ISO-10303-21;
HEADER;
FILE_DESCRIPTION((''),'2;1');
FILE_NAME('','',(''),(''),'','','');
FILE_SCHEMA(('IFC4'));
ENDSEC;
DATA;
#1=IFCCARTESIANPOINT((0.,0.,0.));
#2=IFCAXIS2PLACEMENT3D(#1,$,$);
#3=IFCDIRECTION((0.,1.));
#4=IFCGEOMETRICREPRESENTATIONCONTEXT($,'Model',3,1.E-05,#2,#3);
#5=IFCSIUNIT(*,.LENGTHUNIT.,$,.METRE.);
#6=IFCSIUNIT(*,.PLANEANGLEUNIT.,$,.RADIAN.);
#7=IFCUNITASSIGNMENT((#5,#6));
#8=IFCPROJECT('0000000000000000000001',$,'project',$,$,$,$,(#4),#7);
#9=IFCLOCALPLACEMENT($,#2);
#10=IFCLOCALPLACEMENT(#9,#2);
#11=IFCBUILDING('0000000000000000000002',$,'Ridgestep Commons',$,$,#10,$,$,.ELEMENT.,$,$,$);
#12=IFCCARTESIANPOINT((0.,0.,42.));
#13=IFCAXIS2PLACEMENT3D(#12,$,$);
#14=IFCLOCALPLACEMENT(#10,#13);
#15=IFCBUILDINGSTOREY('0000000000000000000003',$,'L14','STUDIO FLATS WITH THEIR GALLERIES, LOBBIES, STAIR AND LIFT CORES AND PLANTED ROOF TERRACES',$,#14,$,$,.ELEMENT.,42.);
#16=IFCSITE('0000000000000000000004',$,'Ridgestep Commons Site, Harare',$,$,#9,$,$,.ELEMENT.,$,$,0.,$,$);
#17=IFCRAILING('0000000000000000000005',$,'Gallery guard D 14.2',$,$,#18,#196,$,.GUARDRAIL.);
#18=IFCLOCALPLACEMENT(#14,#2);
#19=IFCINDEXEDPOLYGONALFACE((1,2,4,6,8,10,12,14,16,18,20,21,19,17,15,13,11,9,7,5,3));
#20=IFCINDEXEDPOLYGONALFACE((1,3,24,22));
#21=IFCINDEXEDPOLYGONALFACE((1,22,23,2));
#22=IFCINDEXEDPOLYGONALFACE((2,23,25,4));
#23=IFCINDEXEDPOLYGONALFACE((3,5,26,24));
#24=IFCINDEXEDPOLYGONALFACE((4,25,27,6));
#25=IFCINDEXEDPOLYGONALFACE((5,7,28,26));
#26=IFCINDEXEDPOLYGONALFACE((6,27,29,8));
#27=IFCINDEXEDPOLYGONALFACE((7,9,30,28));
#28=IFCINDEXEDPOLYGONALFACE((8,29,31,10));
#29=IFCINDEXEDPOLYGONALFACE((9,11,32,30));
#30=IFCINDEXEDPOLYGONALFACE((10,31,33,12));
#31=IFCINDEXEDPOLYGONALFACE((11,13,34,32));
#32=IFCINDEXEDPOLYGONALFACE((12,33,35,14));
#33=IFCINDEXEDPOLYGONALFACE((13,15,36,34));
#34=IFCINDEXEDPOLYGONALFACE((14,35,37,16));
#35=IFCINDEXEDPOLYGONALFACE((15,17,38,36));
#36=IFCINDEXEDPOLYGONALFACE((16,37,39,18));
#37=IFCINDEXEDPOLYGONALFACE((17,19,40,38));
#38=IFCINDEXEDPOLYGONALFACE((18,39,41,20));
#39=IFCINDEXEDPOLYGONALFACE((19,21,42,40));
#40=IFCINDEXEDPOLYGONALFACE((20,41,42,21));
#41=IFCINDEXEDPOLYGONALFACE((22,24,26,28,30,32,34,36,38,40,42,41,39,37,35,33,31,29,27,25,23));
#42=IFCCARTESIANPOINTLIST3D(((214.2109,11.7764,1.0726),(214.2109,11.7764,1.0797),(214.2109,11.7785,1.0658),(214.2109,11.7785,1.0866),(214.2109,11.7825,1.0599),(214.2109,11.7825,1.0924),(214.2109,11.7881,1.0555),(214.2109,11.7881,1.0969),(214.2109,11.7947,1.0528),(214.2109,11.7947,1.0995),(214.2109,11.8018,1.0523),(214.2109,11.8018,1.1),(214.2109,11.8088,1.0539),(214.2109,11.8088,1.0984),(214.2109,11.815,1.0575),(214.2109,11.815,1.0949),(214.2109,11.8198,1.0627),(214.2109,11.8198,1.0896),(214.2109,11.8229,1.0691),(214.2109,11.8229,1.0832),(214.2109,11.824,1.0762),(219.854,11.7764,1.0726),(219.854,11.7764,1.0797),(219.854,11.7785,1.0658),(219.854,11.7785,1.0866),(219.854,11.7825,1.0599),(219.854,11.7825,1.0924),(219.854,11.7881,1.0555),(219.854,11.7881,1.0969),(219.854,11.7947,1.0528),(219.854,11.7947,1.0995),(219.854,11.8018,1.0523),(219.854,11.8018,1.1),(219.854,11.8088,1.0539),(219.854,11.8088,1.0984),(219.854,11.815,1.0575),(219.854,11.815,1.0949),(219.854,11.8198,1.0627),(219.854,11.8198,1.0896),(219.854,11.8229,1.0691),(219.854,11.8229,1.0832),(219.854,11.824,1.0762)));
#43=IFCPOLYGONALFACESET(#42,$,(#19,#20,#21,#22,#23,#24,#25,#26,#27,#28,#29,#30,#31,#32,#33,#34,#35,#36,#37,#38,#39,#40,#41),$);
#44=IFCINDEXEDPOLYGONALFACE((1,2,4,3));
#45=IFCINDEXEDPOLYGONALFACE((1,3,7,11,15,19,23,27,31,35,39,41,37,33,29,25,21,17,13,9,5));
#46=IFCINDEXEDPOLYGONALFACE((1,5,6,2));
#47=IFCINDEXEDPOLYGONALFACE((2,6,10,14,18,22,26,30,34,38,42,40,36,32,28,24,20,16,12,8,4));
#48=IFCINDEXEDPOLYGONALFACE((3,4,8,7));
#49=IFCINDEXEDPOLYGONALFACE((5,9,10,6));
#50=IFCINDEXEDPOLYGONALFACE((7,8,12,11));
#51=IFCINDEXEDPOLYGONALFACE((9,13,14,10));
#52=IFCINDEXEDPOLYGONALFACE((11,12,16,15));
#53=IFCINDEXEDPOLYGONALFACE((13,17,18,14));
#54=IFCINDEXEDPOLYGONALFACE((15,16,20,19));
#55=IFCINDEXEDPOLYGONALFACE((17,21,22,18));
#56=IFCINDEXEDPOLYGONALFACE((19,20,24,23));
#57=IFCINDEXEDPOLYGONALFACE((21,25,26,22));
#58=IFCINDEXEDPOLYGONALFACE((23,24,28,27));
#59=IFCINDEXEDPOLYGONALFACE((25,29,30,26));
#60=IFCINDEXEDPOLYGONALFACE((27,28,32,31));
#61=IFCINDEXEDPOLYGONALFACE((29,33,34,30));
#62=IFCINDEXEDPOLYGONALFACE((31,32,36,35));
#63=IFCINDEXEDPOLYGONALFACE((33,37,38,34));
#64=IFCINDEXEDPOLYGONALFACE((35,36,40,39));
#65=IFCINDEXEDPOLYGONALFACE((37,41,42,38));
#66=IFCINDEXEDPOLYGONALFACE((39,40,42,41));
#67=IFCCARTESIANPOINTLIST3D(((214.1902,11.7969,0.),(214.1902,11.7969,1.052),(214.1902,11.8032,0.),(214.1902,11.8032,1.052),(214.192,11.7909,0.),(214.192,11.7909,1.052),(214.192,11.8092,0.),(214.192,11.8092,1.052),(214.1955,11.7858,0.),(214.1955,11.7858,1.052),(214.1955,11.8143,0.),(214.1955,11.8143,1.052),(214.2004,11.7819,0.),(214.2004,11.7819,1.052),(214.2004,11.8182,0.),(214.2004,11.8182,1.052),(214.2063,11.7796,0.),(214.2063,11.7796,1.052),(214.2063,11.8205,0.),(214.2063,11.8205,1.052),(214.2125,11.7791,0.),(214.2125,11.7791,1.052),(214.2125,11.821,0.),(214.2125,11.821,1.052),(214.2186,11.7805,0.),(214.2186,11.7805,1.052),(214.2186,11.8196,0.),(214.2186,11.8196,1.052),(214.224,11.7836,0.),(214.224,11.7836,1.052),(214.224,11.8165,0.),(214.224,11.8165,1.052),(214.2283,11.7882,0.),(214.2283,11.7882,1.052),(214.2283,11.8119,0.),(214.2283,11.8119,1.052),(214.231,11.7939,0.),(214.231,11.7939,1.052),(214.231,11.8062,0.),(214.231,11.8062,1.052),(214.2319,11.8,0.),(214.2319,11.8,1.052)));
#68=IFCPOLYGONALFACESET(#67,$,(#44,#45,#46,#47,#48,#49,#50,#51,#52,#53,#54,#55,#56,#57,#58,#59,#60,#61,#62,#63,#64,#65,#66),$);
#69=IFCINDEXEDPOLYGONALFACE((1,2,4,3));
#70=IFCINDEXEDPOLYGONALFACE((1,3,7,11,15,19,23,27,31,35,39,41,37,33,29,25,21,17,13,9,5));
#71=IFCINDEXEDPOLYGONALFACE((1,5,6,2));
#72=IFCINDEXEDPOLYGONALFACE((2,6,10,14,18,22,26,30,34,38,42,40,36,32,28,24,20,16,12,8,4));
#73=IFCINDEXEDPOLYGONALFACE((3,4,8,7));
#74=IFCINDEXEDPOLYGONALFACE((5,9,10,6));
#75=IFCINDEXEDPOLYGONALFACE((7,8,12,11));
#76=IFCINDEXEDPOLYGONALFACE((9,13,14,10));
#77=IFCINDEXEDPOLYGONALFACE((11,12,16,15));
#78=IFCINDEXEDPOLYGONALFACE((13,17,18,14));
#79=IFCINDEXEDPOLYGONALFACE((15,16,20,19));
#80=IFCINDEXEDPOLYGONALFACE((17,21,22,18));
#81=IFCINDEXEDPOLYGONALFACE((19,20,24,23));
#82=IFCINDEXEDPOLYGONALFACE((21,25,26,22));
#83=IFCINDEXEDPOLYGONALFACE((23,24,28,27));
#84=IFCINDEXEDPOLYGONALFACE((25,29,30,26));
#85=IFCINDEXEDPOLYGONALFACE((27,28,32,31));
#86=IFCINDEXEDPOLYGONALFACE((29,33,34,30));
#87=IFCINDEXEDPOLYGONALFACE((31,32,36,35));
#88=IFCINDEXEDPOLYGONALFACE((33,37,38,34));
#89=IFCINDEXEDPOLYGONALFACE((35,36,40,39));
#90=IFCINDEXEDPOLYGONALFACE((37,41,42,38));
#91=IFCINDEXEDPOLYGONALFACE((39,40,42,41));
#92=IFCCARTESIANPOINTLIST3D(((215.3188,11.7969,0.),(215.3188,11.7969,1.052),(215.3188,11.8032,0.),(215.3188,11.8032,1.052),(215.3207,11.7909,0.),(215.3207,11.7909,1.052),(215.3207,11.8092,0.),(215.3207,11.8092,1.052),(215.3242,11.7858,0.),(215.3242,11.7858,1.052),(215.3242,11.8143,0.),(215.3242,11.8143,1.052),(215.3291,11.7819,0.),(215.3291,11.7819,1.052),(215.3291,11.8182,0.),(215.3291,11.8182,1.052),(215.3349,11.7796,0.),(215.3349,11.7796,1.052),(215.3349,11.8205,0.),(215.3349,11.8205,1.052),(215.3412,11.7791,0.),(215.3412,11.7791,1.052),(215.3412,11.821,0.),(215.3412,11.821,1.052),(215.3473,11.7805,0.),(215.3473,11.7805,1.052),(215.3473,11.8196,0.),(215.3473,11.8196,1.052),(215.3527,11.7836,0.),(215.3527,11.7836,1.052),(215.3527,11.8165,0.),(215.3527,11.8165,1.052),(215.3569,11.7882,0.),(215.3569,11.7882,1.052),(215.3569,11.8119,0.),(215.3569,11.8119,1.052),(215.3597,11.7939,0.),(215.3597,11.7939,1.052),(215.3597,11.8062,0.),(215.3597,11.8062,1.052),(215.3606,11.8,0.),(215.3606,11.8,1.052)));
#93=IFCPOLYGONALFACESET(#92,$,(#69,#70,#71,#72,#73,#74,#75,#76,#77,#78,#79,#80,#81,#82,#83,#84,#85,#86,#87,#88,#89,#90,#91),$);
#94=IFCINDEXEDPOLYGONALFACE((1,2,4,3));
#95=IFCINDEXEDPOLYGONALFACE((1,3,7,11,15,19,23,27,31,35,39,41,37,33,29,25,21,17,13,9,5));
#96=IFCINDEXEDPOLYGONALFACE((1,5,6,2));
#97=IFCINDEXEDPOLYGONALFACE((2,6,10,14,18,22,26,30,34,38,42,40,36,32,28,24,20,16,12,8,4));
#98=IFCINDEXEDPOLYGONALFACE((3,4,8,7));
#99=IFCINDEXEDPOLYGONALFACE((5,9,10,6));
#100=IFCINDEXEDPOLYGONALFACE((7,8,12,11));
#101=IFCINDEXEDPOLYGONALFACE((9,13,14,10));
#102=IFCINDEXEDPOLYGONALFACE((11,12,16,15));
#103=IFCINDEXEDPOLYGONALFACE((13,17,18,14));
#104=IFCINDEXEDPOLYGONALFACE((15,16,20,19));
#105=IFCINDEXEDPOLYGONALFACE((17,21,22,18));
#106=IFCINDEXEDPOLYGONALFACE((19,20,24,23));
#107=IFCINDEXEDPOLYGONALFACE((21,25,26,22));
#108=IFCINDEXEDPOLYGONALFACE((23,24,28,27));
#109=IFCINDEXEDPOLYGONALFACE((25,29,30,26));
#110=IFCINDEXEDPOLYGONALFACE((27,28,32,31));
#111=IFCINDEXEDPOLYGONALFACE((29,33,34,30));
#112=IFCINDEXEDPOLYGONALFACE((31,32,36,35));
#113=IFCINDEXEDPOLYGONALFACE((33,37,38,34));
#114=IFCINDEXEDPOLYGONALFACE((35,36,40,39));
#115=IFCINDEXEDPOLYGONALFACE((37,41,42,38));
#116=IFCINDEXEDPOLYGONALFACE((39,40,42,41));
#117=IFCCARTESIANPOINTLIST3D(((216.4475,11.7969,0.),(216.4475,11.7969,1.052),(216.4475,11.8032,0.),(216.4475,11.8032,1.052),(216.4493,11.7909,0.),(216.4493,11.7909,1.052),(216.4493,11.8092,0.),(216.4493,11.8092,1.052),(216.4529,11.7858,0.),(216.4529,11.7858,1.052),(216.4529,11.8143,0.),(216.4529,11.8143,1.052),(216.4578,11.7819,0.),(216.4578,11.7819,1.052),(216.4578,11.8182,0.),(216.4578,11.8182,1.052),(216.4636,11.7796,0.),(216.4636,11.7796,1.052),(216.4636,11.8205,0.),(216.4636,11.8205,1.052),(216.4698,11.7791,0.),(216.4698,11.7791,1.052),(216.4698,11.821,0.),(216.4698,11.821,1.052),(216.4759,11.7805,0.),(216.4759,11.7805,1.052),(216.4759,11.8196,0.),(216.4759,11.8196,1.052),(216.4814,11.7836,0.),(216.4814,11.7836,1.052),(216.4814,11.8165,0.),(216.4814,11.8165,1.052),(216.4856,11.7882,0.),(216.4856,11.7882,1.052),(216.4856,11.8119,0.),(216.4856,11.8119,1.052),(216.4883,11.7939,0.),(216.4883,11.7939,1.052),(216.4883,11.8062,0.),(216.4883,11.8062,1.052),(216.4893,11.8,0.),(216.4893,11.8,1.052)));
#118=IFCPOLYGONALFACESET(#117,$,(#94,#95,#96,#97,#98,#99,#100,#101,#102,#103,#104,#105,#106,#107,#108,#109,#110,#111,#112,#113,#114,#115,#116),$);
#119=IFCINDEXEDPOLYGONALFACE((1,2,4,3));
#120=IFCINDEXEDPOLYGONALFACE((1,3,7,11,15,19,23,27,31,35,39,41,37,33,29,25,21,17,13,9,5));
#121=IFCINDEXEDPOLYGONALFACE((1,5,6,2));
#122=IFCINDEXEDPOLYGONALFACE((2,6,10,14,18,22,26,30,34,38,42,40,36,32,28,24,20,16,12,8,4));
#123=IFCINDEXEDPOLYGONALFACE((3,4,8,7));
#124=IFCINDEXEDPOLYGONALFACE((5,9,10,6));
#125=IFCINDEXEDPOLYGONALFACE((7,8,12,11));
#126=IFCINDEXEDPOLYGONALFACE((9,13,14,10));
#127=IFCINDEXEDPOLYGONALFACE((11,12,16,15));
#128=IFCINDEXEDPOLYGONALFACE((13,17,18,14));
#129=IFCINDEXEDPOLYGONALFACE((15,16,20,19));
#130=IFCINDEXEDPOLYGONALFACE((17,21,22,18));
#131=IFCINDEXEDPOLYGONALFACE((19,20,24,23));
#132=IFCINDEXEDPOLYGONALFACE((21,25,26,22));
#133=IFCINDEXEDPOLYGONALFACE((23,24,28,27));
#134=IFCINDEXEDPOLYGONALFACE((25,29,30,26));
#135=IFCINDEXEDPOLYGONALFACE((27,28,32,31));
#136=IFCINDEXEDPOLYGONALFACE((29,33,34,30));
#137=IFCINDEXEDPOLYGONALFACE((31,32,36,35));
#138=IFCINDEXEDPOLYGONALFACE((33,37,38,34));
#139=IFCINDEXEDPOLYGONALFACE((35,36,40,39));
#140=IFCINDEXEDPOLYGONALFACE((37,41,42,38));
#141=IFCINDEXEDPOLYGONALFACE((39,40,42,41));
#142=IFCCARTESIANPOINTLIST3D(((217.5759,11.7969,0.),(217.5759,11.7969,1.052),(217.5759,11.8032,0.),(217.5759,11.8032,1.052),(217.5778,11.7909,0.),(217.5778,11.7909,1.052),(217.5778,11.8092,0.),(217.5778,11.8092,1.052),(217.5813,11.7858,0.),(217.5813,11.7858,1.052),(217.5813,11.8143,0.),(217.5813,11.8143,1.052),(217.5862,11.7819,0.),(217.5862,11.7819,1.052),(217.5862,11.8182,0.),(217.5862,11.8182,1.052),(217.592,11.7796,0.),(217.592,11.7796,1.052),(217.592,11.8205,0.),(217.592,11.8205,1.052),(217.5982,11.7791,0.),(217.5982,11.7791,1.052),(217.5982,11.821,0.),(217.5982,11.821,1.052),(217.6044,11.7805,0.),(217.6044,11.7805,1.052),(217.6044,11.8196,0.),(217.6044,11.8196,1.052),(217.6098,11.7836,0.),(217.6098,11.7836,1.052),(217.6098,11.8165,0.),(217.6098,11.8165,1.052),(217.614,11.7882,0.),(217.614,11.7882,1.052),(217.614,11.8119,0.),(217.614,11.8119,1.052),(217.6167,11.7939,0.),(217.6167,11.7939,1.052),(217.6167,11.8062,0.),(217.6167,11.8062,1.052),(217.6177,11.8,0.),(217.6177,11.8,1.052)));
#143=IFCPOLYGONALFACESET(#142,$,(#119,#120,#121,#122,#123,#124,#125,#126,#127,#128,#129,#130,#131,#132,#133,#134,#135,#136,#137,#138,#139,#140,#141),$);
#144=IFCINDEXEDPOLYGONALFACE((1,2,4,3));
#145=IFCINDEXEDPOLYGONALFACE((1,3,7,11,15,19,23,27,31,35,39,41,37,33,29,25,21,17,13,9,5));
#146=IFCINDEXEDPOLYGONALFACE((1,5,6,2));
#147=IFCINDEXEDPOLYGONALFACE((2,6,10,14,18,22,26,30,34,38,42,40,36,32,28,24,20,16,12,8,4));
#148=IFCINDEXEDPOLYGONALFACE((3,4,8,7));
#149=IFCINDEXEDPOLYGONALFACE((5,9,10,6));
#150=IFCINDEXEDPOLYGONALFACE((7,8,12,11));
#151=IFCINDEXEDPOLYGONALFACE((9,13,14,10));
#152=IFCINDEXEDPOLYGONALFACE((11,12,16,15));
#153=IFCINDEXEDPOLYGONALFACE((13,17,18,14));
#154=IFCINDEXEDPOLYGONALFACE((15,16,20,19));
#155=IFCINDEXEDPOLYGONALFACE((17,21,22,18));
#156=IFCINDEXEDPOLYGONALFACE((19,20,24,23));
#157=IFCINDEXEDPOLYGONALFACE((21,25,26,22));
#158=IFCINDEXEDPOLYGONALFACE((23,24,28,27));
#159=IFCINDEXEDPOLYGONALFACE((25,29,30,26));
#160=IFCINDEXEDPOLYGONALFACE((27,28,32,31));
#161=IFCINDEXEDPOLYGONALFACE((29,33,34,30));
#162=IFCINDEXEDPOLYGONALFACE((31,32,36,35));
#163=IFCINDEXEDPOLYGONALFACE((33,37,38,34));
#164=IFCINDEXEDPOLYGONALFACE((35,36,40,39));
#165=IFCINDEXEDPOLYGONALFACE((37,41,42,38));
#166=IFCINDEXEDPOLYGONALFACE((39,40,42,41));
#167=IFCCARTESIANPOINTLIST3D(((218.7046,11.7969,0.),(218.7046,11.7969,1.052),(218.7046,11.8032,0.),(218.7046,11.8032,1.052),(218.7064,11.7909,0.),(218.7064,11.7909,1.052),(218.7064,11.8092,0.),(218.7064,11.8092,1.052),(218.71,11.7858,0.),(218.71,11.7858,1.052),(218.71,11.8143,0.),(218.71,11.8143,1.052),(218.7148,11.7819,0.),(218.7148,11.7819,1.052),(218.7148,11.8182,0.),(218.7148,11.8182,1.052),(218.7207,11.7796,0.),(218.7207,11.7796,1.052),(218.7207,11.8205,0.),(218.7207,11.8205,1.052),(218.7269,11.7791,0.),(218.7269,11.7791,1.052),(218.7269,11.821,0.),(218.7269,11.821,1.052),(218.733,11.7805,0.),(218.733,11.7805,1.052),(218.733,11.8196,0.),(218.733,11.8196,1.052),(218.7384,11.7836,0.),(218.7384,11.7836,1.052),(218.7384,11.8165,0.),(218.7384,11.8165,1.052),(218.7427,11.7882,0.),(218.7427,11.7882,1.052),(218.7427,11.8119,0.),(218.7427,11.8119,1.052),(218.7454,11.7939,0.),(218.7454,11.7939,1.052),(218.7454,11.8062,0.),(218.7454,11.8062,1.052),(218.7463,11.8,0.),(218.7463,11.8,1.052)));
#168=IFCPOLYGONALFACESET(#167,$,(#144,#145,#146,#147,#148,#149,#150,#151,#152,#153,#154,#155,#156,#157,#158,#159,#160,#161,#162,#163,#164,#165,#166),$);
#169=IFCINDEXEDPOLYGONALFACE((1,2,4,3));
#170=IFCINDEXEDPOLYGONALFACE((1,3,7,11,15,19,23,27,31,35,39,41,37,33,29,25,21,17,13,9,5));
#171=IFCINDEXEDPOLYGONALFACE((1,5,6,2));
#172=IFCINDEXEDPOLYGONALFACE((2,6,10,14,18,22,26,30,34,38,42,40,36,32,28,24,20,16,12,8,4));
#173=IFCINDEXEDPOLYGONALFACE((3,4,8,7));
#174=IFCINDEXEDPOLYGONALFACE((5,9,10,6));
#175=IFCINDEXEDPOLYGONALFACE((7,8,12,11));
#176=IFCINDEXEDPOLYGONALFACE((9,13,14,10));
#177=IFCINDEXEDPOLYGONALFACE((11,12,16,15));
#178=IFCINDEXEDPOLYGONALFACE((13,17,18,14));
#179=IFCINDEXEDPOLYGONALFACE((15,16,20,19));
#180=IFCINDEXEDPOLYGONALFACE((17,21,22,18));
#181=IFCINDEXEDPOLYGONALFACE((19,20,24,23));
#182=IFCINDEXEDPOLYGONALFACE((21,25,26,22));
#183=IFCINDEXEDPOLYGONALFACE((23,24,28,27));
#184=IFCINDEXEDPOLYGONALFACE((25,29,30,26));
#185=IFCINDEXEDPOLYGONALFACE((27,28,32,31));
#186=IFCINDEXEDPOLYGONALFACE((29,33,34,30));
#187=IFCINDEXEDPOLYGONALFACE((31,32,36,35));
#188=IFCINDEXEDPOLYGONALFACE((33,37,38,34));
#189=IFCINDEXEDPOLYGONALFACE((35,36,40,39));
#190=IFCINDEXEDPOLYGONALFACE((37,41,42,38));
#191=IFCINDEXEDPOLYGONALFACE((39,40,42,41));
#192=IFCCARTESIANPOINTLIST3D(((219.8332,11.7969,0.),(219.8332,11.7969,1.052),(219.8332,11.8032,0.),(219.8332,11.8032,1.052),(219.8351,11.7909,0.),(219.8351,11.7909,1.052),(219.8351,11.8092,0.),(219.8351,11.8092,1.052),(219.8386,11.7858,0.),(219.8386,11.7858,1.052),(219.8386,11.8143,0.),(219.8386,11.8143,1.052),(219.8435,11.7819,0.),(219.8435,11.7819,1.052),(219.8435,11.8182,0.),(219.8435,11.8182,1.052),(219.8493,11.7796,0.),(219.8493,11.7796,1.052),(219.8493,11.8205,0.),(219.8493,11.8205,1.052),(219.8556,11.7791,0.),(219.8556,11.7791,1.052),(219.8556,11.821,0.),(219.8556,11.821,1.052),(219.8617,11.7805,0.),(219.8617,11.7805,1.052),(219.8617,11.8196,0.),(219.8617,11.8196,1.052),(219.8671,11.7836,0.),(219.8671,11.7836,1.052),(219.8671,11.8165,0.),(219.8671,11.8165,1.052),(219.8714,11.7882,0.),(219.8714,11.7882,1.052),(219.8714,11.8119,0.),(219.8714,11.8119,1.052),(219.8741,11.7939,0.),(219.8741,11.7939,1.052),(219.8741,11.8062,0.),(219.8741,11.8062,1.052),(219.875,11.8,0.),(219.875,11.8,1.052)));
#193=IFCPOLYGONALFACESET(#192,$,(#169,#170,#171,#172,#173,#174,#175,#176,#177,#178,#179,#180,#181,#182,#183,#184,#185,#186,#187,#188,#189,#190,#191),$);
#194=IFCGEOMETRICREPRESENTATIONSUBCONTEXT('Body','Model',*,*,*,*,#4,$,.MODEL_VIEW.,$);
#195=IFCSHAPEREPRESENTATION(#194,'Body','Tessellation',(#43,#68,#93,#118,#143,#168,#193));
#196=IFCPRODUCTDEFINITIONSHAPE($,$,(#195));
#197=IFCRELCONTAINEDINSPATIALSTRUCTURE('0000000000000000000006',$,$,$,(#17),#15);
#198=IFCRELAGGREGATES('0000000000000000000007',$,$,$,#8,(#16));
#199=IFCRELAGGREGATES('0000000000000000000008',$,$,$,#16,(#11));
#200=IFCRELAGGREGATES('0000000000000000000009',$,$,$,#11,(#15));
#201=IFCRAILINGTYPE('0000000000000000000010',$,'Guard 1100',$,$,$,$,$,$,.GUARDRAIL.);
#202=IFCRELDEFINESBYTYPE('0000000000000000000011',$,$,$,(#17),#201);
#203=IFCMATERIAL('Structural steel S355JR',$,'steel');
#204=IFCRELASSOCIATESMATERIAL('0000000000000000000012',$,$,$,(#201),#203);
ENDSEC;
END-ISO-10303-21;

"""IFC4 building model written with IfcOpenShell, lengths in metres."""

from ifc_helpers import new_model, si_unit, direction, frame, origin, origin_2d, place, context, subcontext, project, spatial, circle, extrude, material, type_object, element, save


model = new_model("IFC4")

# Units and contexts
model_context = context("Model", 3, precision=1e-05, world=origin(), true_north=direction((0.0, 1.0)))
body_context = subcontext(model_context, "Body", "Model", "MODEL_VIEW")
ifc_project = project(units=[si_unit("LENGTHUNIT", "METRE"), si_unit("PLANEANGLEUNIT", "RADIAN")], contexts=[model_context])

# Site, building, storey
site_placement = place(None, origin())
site = spatial("IfcSite", under=ifc_project, at=site_placement, Name="Ridgestep Commons Site, Harare", CompositionType="ELEMENT", RefElevation=0.0)
building_placement = place(site_placement, origin())
building = spatial("IfcBuilding", under=site, at=building_placement, Name="Ridgestep Commons", CompositionType="ELEMENT")
storey_placement = place(building_placement, frame((0.0, 0.0, 42.0)))
storey = spatial("IfcBuildingStorey", under=building, at=storey_placement, Name="L14", Description="STUDIO FLATS WITH THEIR GALLERIES, LOBBIES, STAIR AND LIFT CORES AND PLANTED ROOF TERRACES", CompositionType="ELEMENT", Elevation=42.0)

# Railing
ifc_material_1 = material(Name="Structural steel S355JR", Category="steel")
railing_type_1 = type_object("IfcRailingType", Name="Guard 1100", PredefinedType="GUARDRAIL", material=ifc_material_1)
railing_1_placement = place(storey_placement, frame((214.2109, 11.8, 0.0)))
element("IfcRailing", 1, at=railing_1_placement, inside=storey, type_object=railing_type_1, Name="Gallery guard D 14.2", PredefinedType="GUARDRAIL", context=body_context, shape_type="SweptSolid", body=[
    extrude(circle(Radius=0.0239, at=origin_2d()), frame((0.0, 0.0, 1.0762), z_axis=(1.0, 0.0, 0.0), x_axis=(0.0, 1.0, 0.0)), (0.0, 0.0, 1.0), 5.6431),
    extrude(circle(Radius=0.021, at=origin_2d()), origin(), (0.0, 0.0, 1.0), 1.052),
    extrude(circle(Radius=0.021, at=origin_2d()), frame((1.1287, 0.0, 0.0)), (0.0, 0.0, 1.0), 1.052),
    extrude(circle(Radius=0.021, at=origin_2d()), frame((2.2573, 0.0, 0.0)), (0.0, 0.0, 1.0), 1.052),
    extrude(circle(Radius=0.021, at=origin_2d()), frame((3.3857, 0.0, 0.0)), (0.0, 0.0, 1.0), 1.052),
    extrude(circle(Radius=0.021, at=origin_2d()), frame((4.5144, 0.0, 0.0)), (0.0, 0.0, 1.0), 1.052),
    extrude(circle(Radius=0.021, at=origin_2d()), frame((5.6431, 0.0, 0.0)), (0.0, 0.0, 1.0), 1.052),
])

save(model, "model.ifc")
